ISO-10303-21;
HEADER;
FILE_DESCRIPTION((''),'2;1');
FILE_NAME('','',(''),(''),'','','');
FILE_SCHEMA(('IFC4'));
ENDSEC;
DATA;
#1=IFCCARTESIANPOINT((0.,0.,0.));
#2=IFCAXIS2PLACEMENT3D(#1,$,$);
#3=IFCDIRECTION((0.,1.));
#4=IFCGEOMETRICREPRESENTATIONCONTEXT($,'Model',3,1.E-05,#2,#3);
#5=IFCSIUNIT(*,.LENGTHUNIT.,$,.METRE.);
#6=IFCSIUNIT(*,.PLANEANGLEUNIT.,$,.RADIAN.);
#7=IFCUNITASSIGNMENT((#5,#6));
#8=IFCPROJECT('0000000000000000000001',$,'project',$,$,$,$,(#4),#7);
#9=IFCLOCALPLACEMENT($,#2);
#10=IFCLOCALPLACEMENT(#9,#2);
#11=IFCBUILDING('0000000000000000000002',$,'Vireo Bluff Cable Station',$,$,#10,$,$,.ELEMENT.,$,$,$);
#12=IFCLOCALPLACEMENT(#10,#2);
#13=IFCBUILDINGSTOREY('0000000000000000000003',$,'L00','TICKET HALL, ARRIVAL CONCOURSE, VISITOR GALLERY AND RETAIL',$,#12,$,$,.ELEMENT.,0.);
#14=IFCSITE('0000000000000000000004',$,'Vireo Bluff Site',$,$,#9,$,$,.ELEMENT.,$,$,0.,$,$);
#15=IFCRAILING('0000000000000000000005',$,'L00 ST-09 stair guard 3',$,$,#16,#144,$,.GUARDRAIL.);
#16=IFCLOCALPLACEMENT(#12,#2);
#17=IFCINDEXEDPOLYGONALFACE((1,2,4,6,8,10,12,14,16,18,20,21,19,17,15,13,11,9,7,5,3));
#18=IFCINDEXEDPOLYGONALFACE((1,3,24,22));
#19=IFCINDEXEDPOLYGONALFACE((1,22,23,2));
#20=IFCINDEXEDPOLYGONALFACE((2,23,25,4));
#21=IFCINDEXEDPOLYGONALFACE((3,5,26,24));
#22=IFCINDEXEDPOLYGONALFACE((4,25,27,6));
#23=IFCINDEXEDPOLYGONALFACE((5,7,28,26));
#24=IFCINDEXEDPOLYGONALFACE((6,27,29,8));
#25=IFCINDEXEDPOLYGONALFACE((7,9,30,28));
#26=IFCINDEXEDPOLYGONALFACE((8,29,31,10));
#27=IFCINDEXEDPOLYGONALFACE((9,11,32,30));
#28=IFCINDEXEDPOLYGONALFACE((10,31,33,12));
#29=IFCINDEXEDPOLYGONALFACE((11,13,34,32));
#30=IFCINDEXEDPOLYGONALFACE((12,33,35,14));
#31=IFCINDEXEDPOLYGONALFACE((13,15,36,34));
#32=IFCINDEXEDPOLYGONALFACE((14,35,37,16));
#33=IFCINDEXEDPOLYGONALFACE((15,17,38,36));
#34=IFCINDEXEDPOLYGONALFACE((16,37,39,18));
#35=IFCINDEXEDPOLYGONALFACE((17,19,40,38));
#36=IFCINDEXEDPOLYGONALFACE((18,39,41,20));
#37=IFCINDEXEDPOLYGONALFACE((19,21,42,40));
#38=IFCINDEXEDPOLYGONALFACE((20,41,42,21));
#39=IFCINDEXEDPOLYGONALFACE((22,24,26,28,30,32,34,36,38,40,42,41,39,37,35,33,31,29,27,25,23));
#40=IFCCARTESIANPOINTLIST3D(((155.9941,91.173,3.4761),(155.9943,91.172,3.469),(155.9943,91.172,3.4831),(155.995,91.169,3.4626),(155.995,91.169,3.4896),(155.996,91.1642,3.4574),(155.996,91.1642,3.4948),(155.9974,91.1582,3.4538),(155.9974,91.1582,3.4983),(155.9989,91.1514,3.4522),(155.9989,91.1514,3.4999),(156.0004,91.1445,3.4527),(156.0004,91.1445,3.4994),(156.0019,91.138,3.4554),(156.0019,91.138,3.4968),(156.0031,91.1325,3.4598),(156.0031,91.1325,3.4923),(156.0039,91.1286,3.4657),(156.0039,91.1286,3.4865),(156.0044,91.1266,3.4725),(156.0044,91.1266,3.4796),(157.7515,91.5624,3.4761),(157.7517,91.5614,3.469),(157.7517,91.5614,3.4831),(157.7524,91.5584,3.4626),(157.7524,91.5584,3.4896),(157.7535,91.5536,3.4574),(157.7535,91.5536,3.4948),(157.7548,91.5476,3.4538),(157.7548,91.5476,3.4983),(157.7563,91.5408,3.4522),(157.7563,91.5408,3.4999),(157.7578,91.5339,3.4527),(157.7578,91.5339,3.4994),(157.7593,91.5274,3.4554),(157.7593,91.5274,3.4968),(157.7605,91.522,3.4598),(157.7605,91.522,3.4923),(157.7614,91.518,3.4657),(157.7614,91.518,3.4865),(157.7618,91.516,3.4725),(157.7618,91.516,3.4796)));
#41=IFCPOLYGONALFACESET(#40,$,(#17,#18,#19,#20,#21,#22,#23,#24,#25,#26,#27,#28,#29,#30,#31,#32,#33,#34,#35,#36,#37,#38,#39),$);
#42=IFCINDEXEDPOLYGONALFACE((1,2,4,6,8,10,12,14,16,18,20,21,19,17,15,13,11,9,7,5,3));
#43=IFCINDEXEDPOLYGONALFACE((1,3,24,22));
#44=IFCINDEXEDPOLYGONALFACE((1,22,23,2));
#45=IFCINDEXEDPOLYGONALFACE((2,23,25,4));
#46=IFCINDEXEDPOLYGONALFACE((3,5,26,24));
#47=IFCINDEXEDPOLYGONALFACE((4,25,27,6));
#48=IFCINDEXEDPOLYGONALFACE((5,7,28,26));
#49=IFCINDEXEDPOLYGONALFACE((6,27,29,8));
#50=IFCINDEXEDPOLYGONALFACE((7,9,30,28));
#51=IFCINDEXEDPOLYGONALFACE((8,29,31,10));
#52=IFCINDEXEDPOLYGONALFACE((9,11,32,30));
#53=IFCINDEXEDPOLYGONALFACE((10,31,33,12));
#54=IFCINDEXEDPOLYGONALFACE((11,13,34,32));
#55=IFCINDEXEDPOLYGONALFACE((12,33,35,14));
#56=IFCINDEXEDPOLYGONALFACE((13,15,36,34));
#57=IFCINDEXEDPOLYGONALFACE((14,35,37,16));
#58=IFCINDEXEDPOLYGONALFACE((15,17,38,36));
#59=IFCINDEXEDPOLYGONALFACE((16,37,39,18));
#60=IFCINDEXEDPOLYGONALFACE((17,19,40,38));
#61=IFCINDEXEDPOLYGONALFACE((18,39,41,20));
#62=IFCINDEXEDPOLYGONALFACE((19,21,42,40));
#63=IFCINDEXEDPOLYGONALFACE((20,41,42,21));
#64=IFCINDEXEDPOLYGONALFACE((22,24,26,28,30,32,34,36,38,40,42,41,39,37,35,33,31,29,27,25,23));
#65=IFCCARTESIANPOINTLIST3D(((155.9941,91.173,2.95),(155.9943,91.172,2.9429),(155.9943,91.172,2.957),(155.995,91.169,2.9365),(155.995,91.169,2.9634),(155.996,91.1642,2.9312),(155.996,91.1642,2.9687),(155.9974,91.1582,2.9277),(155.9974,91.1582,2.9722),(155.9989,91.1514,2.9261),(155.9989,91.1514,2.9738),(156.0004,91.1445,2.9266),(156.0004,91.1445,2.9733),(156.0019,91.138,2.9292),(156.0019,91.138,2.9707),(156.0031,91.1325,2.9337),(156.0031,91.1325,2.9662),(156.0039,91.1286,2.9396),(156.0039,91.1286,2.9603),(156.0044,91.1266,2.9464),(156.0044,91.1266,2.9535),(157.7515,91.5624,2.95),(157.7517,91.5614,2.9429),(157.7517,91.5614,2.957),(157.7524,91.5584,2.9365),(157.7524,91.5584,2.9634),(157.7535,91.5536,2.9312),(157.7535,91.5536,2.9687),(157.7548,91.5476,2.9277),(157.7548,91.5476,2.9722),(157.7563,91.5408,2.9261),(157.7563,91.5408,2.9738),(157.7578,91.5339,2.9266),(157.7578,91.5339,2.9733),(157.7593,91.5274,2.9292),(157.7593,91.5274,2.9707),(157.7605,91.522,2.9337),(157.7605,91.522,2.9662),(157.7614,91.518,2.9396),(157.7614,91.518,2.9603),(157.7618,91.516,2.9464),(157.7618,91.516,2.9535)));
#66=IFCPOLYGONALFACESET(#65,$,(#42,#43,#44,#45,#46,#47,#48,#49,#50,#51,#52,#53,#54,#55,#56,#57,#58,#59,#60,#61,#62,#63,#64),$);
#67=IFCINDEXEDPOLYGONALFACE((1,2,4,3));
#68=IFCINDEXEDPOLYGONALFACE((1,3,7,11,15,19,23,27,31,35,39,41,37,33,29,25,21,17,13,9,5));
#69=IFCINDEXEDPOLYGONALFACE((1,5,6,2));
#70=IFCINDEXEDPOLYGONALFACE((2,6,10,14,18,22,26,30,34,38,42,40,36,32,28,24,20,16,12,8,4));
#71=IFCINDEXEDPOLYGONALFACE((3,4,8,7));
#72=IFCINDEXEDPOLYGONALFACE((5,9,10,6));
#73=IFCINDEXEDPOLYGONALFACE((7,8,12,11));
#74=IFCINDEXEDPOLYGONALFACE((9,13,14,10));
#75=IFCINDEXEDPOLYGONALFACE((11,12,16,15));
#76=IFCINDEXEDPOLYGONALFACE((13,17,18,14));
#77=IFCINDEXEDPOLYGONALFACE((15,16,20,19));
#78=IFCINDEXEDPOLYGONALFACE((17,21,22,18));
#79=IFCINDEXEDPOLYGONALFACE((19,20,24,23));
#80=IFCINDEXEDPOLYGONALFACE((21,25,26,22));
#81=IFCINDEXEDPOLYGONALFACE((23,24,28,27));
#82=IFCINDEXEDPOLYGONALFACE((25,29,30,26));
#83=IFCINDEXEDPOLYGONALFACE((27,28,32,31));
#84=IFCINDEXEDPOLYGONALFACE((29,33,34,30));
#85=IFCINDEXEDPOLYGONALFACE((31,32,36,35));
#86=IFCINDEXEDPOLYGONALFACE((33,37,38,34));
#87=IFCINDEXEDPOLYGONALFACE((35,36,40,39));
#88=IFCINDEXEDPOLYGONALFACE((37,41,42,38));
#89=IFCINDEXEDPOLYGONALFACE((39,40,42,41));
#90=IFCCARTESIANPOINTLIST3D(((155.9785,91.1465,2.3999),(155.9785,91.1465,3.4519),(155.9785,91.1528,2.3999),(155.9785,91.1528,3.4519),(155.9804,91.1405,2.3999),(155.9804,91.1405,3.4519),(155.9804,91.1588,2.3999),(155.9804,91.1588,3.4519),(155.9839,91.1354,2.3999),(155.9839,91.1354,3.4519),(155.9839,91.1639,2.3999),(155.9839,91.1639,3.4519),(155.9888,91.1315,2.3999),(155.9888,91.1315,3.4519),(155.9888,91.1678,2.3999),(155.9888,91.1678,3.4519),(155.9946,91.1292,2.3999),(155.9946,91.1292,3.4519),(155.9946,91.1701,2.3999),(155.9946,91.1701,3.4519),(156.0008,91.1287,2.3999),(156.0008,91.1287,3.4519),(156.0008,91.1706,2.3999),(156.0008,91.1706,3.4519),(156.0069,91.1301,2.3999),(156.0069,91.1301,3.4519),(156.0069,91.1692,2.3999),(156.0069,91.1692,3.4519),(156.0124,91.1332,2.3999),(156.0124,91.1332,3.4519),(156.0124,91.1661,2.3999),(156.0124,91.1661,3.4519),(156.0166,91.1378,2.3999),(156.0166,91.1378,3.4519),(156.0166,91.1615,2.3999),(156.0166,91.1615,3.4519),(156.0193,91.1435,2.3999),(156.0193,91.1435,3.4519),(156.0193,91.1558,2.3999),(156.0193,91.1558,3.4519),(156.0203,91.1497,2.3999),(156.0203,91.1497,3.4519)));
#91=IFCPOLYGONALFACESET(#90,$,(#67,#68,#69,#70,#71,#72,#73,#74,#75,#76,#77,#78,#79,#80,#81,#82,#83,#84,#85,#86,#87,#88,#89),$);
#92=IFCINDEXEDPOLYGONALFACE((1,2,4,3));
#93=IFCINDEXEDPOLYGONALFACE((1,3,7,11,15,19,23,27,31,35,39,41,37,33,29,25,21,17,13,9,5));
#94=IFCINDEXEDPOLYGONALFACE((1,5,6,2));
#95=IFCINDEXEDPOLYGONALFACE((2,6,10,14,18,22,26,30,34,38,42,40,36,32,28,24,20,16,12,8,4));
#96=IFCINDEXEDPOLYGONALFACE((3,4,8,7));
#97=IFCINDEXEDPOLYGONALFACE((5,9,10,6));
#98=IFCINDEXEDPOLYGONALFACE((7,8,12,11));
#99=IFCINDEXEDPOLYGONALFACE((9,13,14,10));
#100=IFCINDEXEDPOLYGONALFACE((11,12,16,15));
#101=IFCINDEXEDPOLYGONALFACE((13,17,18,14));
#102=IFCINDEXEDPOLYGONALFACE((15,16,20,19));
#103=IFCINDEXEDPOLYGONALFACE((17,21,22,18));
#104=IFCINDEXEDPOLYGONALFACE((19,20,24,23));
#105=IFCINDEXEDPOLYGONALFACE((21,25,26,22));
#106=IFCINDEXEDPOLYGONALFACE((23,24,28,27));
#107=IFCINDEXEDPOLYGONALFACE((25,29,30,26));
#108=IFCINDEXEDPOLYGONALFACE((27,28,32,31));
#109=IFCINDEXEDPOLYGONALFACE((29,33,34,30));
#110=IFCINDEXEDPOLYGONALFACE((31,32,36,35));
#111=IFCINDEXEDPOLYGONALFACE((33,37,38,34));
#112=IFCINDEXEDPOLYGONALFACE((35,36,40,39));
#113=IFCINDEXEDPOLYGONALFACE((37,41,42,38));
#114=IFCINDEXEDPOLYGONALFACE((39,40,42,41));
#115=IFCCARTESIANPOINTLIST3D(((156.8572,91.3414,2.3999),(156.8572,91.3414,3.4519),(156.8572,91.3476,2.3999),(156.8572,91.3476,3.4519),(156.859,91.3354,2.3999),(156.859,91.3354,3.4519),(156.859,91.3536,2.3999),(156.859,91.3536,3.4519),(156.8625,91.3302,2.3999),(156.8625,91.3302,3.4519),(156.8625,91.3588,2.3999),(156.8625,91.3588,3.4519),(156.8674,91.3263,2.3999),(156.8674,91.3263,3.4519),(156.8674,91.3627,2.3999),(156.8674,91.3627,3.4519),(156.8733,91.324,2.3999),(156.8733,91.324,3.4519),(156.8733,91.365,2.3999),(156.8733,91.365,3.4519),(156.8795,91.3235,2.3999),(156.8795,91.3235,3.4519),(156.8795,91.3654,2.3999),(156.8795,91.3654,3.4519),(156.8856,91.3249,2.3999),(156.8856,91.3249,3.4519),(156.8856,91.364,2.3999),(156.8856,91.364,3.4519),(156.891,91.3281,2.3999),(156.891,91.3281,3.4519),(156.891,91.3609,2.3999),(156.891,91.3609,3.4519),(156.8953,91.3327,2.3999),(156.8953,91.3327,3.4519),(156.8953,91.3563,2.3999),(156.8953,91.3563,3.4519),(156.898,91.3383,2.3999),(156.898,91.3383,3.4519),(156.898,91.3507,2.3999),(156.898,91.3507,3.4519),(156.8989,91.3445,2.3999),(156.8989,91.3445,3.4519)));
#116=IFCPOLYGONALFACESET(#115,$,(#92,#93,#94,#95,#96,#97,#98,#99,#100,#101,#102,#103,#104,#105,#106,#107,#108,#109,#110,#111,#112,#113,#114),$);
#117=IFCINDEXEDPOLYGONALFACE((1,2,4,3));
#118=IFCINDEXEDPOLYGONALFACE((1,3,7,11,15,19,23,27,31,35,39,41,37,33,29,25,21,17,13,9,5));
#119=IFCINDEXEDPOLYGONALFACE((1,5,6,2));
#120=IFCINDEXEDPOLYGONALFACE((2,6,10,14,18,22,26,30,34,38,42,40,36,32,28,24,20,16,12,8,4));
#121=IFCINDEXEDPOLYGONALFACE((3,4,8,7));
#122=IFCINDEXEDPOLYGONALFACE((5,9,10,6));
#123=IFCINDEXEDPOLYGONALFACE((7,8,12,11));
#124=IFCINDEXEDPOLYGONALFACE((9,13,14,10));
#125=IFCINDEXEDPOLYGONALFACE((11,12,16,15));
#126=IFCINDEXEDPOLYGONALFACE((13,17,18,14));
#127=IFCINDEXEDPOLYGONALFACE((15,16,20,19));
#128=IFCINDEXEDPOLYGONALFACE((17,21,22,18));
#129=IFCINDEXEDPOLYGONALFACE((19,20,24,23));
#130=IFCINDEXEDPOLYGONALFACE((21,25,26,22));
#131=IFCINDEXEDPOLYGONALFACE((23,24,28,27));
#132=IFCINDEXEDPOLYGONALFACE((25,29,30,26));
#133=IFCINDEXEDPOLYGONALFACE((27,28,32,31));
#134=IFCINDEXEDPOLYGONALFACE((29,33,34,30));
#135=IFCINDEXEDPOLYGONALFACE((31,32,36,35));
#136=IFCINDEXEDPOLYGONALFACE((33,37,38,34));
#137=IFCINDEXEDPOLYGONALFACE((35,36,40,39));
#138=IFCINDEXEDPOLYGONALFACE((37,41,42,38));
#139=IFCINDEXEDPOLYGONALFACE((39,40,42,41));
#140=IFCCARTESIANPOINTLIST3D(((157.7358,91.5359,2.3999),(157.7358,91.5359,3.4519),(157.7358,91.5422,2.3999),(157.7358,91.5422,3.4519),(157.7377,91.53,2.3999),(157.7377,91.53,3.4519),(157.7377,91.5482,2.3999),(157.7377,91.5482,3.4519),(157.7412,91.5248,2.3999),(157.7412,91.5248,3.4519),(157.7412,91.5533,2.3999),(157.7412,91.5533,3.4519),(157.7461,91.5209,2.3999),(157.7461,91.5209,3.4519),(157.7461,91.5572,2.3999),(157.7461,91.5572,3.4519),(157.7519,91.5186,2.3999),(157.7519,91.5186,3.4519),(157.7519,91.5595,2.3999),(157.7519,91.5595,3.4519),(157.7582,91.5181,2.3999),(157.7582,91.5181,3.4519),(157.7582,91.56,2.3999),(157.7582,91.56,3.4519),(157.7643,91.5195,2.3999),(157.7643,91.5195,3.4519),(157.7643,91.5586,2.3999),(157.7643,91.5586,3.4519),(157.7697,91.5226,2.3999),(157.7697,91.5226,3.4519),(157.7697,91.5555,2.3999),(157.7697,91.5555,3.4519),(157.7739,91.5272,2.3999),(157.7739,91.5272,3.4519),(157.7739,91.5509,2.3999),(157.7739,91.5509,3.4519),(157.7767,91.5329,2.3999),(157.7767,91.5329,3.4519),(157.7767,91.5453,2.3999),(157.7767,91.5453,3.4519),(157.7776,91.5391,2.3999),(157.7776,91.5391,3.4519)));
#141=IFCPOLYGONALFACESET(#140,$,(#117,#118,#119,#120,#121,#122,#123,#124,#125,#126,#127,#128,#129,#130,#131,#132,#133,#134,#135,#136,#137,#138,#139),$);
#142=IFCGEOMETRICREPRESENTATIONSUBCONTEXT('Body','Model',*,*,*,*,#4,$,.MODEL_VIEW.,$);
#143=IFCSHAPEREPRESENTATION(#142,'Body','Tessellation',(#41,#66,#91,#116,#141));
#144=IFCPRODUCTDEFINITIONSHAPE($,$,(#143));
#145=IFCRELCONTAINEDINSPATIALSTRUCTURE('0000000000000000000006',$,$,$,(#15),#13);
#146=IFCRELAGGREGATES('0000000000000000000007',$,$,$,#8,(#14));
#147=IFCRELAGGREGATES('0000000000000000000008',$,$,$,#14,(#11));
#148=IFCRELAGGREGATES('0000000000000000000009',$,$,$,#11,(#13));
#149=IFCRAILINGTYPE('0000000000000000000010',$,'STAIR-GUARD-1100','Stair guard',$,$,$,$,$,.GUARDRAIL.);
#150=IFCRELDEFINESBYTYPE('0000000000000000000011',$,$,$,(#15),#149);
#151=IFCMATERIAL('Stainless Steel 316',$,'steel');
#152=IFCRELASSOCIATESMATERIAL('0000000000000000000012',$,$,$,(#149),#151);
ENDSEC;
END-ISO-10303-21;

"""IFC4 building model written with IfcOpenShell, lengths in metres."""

from ifc_helpers import new_model, si_unit, direction, frame, origin, origin_2d, place, context, subcontext, project, spatial, circle, extrude, material, type_object, element, save


model = new_model("IFC4")

# Units and contexts
model_context = context("Model", 3, precision=1e-05, world=origin(), true_north=direction((0.0, 1.0)))
body_context = subcontext(model_context, "Body", "Model", "MODEL_VIEW")
ifc_project = project(units=[si_unit("LENGTHUNIT", "METRE"), si_unit("PLANEANGLEUNIT", "RADIAN")], contexts=[model_context])

# Site, building, storey
site_placement = place(None, origin())
site = spatial("IfcSite", under=ifc_project, at=site_placement, Name="Vireo Bluff Site", CompositionType="ELEMENT", RefElevation=0.0)
building_placement = place(site_placement, origin())
building = spatial("IfcBuilding", under=site, at=building_placement, Name="Vireo Bluff Cable Station", CompositionType="ELEMENT")
storey_placement = place(building_placement, origin())
storey = spatial("IfcBuildingStorey", under=building, at=storey_placement, Name="L00", Description="TICKET HALL, ARRIVAL CONCOURSE, VISITOR GALLERY AND RETAIL", CompositionType="ELEMENT", Elevation=0.0)

# Railing
ifc_material_1 = material(Name="Stainless Steel 316", Category="steel")
railing_type_1 = type_object("IfcRailingType", Name="STAIR-GUARD-1100", Description="Stair guard", PredefinedType="GUARDRAIL", material=ifc_material_1)
railing_1_placement = place(storey_placement, frame((155.9993, 91.1497, 2.3999)))
element("IfcRailing", 1, at=railing_1_placement, inside=storey, type_object=railing_type_1, Name="L00 ST-09 stair guard 3", PredefinedType="GUARDRAIL", context=body_context, shape_type="SweptSolid", body=[
    extrude(circle(Radius=0.0239, at=origin_2d()), frame((0.0, 0.0, 1.0762), z_axis=(0.976318, 0.216342, 0.0), x_axis=(-0.216342, 0.976318, 0.0)), (0.0, 0.0, 1.0), 1.8),
    extrude(circle(Radius=0.0239, at=origin_2d()), frame((0.0, 0.0, 0.55), z_axis=(0.976318, 0.216342, 0.0), x_axis=(-0.216342, 0.976318, 0.0)), (0.0, 0.0, 1.0), 1.8),
    extrude(circle(Radius=0.021, at=origin_2d()), origin(), (0.0, 0.0, 1.0), 1.052),
    extrude(circle(Radius=0.021, at=origin_2d()), frame((0.8787, 0.1948, 0.0)), (0.0, 0.0, 1.0), 1.052),
    extrude(circle(Radius=0.021, at=origin_2d()), frame((1.7573, 0.3894, 0.0)), (0.0, 0.0, 1.0), 1.052),
])

save(model, "model.ifc")
